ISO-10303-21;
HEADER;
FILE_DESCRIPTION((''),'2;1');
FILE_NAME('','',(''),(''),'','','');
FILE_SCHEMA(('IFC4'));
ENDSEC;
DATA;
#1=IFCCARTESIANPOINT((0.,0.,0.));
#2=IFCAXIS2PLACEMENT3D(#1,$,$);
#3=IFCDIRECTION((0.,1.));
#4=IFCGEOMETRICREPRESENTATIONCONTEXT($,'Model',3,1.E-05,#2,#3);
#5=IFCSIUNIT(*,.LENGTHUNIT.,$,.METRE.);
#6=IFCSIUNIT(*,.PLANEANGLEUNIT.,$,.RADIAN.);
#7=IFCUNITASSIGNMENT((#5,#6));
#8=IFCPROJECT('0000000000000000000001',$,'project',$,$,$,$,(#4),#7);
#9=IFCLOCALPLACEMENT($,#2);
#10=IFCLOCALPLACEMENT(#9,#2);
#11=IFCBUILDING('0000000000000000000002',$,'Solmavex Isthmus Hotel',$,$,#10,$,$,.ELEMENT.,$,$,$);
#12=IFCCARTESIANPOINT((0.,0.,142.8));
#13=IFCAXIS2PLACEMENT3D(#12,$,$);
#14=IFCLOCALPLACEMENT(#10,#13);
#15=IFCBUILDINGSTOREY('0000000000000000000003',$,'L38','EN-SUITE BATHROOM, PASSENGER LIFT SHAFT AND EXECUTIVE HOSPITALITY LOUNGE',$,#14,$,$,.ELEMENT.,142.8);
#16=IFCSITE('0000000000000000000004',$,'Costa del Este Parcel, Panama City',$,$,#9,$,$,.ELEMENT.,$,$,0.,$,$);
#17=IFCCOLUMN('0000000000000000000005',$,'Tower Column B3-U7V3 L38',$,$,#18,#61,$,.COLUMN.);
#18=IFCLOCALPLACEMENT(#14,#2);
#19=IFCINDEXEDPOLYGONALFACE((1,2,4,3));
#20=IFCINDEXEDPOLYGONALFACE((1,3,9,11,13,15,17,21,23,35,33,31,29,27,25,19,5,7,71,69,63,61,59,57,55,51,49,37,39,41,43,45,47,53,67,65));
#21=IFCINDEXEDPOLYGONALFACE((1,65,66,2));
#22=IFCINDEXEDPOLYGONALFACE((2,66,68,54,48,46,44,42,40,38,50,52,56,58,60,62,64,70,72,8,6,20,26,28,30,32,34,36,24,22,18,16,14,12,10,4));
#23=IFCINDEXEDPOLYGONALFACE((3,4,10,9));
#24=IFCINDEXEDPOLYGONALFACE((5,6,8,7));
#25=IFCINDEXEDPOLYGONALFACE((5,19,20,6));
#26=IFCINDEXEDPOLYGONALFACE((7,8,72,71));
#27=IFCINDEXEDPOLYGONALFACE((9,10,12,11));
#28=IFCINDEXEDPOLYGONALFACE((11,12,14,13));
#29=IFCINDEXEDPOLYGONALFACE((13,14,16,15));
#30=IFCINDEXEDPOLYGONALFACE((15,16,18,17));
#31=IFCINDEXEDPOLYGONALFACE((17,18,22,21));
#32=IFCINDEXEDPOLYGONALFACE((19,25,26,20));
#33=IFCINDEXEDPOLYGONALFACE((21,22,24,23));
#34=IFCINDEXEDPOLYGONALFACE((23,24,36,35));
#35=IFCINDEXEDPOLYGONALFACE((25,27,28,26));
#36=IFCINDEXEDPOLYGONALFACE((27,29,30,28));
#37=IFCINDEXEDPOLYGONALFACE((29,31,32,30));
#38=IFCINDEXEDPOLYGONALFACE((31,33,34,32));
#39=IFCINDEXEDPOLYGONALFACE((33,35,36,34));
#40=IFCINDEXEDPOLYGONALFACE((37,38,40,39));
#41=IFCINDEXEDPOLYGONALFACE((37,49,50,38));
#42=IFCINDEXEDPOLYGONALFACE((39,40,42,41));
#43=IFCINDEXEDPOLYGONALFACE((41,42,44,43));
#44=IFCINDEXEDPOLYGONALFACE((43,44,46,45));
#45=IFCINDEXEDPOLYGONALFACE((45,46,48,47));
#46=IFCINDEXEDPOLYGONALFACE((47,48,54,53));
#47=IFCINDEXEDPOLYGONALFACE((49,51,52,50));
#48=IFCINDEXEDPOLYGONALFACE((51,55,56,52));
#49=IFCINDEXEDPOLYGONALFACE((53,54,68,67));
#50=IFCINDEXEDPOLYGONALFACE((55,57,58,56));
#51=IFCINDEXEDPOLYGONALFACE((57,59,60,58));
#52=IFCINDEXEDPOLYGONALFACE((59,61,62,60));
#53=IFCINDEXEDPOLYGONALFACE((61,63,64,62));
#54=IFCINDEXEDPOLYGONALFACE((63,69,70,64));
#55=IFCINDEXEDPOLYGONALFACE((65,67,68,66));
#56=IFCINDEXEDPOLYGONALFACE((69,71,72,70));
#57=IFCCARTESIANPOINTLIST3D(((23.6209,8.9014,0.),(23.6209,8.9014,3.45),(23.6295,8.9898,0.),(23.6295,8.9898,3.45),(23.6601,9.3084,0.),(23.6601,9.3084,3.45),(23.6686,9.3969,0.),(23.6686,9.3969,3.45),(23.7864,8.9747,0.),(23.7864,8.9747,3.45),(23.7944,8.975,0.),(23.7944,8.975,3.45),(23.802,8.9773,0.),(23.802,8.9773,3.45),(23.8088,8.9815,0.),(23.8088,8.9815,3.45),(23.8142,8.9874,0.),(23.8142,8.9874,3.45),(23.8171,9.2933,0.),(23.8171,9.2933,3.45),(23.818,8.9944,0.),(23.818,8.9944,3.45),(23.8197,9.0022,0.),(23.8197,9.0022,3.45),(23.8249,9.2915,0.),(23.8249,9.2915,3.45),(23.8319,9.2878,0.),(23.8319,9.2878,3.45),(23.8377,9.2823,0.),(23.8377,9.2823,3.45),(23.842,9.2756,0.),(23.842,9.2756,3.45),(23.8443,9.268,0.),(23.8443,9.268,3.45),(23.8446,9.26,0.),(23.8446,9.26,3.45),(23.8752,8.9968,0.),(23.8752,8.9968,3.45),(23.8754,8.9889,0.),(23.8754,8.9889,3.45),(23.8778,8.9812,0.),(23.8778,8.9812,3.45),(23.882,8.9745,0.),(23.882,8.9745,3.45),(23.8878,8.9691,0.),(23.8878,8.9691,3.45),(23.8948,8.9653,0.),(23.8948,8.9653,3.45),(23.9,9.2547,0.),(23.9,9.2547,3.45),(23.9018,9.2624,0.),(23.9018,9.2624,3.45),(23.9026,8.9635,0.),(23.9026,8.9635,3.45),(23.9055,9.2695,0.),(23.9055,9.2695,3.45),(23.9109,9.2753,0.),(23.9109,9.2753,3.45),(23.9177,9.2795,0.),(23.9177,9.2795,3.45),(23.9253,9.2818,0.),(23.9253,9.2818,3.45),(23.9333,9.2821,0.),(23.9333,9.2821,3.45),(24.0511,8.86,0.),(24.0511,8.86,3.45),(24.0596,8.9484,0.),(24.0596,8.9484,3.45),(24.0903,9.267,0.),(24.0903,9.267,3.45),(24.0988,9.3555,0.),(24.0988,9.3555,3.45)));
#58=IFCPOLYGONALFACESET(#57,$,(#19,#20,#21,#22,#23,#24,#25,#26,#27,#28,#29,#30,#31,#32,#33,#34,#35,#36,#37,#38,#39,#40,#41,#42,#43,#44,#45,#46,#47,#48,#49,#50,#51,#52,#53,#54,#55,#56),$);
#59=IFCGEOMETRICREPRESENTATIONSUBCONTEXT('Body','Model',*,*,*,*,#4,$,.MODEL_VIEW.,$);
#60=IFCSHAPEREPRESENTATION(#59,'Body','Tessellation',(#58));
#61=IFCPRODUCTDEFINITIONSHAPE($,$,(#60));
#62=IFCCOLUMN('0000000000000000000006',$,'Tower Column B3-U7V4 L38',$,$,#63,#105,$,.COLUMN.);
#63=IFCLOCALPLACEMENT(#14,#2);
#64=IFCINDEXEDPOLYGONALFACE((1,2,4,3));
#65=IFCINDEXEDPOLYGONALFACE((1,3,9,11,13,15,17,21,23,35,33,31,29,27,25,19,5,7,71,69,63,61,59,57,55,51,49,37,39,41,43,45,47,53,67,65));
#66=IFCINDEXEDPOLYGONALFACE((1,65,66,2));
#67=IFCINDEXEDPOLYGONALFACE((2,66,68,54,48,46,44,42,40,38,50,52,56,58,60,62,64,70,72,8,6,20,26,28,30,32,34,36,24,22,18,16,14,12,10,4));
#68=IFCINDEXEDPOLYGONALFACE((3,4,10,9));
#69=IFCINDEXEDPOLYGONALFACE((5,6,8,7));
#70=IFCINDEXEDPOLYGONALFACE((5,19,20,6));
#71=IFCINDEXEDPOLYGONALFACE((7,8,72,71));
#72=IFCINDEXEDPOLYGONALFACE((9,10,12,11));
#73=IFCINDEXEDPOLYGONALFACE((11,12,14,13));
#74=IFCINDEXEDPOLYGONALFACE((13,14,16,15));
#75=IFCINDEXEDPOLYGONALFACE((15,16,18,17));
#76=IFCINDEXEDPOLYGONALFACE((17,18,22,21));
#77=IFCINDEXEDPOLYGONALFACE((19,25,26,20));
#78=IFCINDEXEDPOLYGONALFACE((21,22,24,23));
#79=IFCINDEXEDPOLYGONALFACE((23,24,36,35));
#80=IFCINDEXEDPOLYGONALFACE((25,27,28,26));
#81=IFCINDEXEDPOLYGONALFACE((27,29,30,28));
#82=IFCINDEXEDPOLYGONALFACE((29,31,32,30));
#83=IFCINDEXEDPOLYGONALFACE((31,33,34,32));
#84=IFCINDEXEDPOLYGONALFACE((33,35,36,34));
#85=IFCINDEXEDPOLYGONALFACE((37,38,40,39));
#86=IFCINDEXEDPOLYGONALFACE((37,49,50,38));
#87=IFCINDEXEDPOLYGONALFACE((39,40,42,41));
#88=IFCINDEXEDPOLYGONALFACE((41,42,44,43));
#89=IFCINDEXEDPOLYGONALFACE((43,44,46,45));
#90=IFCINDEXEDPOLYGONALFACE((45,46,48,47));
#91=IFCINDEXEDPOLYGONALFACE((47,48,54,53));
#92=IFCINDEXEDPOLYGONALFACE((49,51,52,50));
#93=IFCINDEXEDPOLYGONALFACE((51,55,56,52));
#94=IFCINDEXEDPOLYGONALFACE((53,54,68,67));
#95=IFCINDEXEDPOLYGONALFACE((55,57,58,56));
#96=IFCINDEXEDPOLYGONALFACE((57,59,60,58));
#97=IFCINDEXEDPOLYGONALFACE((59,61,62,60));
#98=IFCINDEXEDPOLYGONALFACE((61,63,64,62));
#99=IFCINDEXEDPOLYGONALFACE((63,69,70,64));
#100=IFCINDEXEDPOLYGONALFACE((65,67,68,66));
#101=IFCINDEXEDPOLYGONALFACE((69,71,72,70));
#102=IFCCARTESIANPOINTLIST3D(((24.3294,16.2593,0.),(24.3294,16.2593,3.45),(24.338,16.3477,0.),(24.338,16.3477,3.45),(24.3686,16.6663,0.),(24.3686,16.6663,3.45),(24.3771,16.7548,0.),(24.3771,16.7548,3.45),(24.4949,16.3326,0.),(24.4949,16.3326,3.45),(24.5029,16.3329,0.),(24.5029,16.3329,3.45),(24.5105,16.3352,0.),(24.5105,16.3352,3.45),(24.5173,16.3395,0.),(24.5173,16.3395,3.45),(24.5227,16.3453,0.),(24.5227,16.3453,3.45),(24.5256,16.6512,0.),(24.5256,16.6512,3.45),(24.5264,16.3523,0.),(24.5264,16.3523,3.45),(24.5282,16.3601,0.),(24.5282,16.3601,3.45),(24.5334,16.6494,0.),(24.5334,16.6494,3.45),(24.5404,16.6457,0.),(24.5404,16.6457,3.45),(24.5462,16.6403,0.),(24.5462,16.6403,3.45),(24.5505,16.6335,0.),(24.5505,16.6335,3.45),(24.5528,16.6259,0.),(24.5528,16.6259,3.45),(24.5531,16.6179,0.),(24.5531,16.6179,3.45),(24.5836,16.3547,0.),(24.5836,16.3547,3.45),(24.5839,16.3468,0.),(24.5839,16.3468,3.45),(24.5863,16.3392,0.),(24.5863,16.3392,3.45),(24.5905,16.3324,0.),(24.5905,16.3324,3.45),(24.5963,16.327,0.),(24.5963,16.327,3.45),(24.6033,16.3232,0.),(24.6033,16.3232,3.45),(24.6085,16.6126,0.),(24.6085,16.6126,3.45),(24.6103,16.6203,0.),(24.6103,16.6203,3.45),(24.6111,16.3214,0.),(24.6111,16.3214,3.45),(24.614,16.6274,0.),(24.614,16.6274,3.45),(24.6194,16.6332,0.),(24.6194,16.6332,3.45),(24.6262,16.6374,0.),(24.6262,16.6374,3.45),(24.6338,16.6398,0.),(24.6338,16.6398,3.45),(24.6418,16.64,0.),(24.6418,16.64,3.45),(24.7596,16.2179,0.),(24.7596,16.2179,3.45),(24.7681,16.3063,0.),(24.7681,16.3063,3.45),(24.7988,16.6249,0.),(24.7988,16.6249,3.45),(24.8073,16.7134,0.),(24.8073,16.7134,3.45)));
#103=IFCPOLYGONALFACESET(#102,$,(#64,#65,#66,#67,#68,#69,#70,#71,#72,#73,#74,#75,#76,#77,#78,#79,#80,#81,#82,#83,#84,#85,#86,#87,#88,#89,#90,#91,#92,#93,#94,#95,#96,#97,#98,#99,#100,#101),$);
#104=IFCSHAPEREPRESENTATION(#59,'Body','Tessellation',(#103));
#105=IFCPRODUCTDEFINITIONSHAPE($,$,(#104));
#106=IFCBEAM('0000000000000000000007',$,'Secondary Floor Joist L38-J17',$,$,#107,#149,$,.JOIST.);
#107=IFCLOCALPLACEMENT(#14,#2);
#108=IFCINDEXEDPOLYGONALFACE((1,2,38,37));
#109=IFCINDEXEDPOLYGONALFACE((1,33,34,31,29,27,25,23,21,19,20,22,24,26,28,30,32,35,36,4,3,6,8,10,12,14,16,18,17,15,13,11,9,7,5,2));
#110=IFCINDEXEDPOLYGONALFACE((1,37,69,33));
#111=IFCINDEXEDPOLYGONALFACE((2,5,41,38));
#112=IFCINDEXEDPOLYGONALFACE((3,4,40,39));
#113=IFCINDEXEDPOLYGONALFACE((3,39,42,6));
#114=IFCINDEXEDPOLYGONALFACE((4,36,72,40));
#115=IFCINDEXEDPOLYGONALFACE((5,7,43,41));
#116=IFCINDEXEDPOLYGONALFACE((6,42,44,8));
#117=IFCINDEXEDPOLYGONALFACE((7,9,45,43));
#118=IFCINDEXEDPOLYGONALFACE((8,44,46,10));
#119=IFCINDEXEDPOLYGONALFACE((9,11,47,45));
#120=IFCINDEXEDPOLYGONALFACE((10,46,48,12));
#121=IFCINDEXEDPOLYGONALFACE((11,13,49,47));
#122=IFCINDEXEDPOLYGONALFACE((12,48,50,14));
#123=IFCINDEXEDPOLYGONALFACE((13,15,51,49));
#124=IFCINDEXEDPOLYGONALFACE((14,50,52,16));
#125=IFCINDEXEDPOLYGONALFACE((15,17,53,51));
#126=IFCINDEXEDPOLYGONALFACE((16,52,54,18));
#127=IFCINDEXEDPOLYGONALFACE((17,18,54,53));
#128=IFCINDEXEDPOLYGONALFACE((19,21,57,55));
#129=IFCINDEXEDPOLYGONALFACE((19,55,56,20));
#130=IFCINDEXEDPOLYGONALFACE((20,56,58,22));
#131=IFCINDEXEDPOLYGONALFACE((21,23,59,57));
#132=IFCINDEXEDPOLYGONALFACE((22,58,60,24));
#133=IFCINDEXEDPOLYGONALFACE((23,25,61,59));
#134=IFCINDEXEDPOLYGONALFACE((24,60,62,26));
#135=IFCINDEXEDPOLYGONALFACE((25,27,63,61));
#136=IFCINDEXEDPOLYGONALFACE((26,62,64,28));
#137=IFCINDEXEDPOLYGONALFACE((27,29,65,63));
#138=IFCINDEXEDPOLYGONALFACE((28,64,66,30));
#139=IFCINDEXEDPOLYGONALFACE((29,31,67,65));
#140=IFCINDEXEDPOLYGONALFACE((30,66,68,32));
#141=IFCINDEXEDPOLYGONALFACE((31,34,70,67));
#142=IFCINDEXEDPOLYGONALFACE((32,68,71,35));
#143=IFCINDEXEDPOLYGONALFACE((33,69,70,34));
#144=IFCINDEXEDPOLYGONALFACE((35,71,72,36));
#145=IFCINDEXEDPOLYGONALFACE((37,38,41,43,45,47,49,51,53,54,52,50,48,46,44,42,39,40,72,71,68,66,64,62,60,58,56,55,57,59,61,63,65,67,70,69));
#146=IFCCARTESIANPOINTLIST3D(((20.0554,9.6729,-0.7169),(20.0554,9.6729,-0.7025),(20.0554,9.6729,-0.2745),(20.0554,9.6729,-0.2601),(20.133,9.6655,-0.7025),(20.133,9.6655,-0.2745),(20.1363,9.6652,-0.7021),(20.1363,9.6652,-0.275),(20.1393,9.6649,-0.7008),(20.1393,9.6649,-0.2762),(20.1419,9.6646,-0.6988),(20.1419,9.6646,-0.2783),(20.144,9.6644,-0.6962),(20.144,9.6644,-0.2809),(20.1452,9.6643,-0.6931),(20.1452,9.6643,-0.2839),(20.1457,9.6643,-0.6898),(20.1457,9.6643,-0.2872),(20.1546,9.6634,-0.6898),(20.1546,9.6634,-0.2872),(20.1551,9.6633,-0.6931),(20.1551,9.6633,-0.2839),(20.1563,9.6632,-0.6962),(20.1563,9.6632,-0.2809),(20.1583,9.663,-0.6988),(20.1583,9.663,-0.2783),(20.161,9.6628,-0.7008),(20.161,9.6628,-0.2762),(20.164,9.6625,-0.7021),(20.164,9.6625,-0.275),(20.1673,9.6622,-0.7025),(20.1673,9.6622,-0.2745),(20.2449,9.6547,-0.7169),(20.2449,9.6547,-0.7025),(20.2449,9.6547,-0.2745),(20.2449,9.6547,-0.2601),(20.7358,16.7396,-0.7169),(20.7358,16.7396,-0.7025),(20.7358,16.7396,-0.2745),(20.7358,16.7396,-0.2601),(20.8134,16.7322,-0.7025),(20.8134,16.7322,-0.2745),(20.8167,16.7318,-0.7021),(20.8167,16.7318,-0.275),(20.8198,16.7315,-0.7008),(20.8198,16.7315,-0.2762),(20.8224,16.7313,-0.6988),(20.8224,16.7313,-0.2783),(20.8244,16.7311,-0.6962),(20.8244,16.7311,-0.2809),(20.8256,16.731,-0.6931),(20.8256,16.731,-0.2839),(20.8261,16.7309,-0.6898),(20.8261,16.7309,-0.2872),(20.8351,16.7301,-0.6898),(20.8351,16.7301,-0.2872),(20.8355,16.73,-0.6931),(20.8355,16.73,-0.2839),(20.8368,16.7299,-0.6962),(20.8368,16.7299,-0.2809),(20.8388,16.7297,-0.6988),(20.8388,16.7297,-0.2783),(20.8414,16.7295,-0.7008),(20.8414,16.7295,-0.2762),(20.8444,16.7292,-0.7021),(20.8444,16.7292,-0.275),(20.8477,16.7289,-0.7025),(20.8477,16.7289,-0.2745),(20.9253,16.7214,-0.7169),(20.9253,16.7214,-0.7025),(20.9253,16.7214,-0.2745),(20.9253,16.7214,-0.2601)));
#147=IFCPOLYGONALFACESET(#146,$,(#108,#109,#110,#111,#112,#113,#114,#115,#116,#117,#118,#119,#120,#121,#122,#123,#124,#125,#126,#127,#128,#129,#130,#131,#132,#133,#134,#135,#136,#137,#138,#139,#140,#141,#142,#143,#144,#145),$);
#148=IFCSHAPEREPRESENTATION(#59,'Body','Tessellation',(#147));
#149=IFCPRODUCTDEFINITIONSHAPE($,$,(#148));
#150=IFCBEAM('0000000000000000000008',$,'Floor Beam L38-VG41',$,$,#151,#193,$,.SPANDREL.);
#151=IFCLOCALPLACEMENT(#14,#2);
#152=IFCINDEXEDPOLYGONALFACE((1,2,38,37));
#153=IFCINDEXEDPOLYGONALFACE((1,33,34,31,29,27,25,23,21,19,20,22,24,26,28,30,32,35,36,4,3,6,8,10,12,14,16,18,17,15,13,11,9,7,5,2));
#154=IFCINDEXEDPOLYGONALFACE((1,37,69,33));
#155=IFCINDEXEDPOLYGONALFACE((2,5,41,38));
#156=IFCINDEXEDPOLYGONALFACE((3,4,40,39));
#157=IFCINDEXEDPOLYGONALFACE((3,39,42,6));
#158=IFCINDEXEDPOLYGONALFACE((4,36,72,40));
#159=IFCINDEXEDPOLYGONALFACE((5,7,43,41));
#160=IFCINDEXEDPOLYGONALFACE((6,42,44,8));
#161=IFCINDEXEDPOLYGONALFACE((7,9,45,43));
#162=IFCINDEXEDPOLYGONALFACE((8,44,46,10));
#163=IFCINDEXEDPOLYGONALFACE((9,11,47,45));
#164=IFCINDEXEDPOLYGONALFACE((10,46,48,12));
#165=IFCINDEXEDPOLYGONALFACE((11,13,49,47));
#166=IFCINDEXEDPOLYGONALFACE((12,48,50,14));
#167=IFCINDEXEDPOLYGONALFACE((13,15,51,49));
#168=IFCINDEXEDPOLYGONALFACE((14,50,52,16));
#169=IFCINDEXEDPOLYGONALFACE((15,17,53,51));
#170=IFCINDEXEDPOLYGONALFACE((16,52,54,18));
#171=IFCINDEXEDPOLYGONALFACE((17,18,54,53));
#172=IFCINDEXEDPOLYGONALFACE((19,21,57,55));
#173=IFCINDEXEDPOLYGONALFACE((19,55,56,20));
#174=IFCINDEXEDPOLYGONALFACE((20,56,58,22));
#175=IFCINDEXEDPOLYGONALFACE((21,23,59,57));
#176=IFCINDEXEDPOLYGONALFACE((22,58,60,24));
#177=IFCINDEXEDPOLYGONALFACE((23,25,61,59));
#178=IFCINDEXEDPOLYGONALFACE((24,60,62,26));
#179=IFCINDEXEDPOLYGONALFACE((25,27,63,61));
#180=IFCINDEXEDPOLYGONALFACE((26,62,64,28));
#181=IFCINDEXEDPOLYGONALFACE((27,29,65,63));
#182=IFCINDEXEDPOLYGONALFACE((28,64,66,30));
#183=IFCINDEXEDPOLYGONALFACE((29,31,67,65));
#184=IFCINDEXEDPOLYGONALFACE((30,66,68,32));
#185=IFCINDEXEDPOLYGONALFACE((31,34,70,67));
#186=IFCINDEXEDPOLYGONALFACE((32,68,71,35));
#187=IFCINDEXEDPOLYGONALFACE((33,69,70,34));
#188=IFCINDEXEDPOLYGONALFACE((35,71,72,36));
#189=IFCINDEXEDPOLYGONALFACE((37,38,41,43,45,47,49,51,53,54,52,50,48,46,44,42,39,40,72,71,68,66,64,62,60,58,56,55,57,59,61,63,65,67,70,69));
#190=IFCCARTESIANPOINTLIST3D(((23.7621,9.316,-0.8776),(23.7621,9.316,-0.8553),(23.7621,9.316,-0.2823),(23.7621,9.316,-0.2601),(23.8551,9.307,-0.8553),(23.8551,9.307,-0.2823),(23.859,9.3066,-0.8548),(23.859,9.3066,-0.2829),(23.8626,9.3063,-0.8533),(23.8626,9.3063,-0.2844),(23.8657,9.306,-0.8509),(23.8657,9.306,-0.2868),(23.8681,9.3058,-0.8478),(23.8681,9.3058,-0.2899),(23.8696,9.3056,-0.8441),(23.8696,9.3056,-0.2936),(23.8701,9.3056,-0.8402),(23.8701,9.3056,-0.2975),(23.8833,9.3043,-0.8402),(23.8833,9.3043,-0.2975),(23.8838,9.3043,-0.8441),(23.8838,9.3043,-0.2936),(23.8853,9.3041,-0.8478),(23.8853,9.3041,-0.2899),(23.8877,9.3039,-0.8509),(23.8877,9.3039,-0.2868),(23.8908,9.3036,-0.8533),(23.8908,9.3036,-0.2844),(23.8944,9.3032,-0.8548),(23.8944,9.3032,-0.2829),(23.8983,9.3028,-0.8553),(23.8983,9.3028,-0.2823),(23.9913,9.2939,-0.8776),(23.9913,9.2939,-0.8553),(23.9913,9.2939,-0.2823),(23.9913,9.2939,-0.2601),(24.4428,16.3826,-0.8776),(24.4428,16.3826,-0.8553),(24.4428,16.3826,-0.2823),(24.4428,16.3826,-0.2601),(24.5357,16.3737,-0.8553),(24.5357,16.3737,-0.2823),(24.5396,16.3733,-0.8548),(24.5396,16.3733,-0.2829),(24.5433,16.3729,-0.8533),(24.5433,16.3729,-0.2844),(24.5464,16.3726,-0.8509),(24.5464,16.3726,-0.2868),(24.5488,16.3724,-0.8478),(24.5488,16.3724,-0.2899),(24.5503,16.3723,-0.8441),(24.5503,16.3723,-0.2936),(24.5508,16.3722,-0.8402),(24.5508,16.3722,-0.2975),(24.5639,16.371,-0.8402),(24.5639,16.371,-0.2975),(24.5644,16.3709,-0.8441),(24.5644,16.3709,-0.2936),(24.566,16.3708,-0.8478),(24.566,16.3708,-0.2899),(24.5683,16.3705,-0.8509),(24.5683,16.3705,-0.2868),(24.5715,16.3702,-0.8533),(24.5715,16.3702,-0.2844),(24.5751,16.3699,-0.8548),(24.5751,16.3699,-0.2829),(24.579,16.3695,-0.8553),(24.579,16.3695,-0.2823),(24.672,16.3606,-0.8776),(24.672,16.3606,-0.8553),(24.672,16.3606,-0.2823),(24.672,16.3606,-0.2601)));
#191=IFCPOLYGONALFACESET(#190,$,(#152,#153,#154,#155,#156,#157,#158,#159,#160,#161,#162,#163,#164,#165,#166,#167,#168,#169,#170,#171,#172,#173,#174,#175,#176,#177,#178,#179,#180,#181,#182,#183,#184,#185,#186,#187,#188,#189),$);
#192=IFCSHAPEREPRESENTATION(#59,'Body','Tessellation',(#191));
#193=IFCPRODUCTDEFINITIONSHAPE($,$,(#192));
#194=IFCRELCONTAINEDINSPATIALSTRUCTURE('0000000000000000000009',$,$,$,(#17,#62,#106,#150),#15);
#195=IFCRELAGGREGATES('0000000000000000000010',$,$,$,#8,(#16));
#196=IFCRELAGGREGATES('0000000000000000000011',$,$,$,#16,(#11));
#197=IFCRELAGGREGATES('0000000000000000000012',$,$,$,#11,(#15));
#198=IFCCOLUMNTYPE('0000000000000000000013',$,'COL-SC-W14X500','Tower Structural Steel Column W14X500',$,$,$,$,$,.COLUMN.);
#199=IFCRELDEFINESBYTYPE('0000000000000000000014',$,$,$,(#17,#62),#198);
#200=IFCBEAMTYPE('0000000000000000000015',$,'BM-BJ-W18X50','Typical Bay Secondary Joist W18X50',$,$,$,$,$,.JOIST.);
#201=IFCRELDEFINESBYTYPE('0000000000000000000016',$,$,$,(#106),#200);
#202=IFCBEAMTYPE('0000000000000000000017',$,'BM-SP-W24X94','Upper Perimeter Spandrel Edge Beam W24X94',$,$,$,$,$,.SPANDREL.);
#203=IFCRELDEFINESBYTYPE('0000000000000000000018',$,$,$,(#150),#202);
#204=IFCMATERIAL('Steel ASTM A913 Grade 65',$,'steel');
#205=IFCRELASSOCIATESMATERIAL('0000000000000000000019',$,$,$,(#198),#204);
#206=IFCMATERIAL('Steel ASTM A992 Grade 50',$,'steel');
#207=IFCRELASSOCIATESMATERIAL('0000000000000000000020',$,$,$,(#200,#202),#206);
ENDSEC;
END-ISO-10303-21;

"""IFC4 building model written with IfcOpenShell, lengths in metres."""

from ifc_helpers import new_model, si_unit, direction, frame, origin, origin_2d, place, context, subcontext, project, spatial, i_section, extrude, material, material_profile, profile_set, type_object, element, save


model = new_model("IFC4")

# Units and contexts
model_context = context("Model", 3, precision=1e-05, world=origin(), true_north=direction((0.0, 1.0)))
body_context = subcontext(model_context, "Body", "Model", "MODEL_VIEW")
ifc_project = project(units=[si_unit("LENGTHUNIT", "METRE"), si_unit("PLANEANGLEUNIT", "RADIAN")], contexts=[model_context])

# Site, building, storey
site_placement = place(None, origin())
site = spatial("IfcSite", under=ifc_project, at=site_placement, Name="Costa del Este Parcel, Panama City", CompositionType="ELEMENT", RefElevation=0.0)
building_placement = place(site_placement, origin())
building = spatial("IfcBuilding", under=site, at=building_placement, Name="Solmavex Isthmus Hotel", CompositionType="ELEMENT")
storey_placement = place(building_placement, frame((0.0, 0.0, 142.8)))
storey = spatial("IfcBuildingStorey", under=building, at=storey_placement, Name="L38", Description="EN-SUITE BATHROOM, PASSENGER LIFT SHAFT AND EXECUTIVE HOSPITALITY LOUNGE", CompositionType="ELEMENT", Elevation=142.8)

# Columns
ifc_material_1 = material(Name="Steel ASTM A913 Grade 65", Category="steel")
ifc_material_profile_1 = material_profile(ifc_material_1, i_section(OverallWidth=0.4321, OverallDepth=0.4978, WebThickness=0.0557, FlangeThickness=0.0889, FilletRadius=0.0305, at=origin_2d()), Name="W14X500")
ifc_profile_set_1 = profile_set([ifc_material_profile_1], Name="Steel ASTM A913 Grade 65")
column_type = type_object("IfcColumnType", Name="COL-SC-W14X500", Description="Tower Structural Steel Column W14X500", PredefinedType="COLUMN", material=ifc_profile_set_1)
for number, where, z_axis, x_axis, name in (
    (1, (23.8599, 9.1284, 0.0), (0.0, 0.0, 1.0), (0.995396, -0.095846, 0.0), "Tower Column B3-U7V3 L38"),
    (2, (24.5684, 16.4863, 0.0), (0.0, 0.0, 1.0), (0.995396, -0.095846, 0.0), "Tower Column B3-U7V4 L38"),
):
    element("IfcColumn", number, at=place(storey_placement, frame(where, z_axis=z_axis, x_axis=x_axis)), inside=storey, type_object=column_type, Name=name, PredefinedType="COLUMN", context=body_context, shape_type="SweptSolid", body=[
        extrude(i_section(OverallWidth=0.4321, OverallDepth=0.4978, WebThickness=0.0557, FlangeThickness=0.0889, FilletRadius=0.0305, at=origin_2d()), origin(), (0.0, 0.0, 1.0), 3.45),
    ])

# Beams
ifc_material_2 = material(Name="Steel ASTM A992 Grade 50", Category="steel")
ifc_material_profile_2 = material_profile(ifc_material_2, i_section(OverallWidth=0.1904, OverallDepth=0.4568, WebThickness=0.009, FlangeThickness=0.0144, FilletRadius=0.0127, at=origin_2d()), Name="W18X50")
ifc_profile_set_2 = profile_set([ifc_material_profile_2], Name="Steel ASTM A992 Grade 50")
beam_type_1 = type_object("IfcBeamType", Name="BM-BJ-W18X50", Description="Typical Bay Secondary Joist W18X50", PredefinedType="JOIST", material=ifc_profile_set_2)
beam_1_placement = place(storey_placement, frame((20.1501, 9.6638, -0.4885), z_axis=(0.095843, 0.995396, 0.0), x_axis=(-0.995396, 0.095843, 0.0)))
element("IfcBeam", 3, at=beam_1_placement, inside=storey, type_object=beam_type_1, Name="Secondary Floor Joist L38-J17", PredefinedType="JOIST", context=body_context, shape_type="SweptSolid", body=[
    extrude(i_section(OverallWidth=0.1904, OverallDepth=0.4568, WebThickness=0.009, FlangeThickness=0.0144, FilletRadius=0.0127, at=origin_2d()), origin(), (0.0, 0.0, 1.0), 7.0994),
])
ifc_material_profile_3 = material_profile(ifc_material_2, i_section(OverallWidth=0.2302, OverallDepth=0.6174, WebThickness=0.0132, FlangeThickness=0.0222, FilletRadius=0.0151, at=origin_2d()), Name="W24X94")
ifc_profile_set_3 = profile_set([ifc_material_profile_3], Name="Steel ASTM A992 Grade 50")
beam_type_2 = type_object("IfcBeamType", Name="BM-SP-W24X94", Description="Upper Perimeter Spandrel Edge Beam W24X94", PredefinedType="SPANDREL", material=ifc_profile_set_3)
beam_2_placement = place(storey_placement, frame((23.8767, 9.3049, -0.5688), z_axis=(0.095877, 0.995393, 0.0), x_axis=(-0.995393, 0.095877, 0.0)))
element("IfcBeam", 4, at=beam_2_placement, inside=storey, type_object=beam_type_2, Name="Floor Beam L38-VG41", PredefinedType="SPANDREL", context=body_context, shape_type="SweptSolid", body=[
    extrude(i_section(OverallWidth=0.2302, OverallDepth=0.6174, WebThickness=0.0132, FlangeThickness=0.0222, FilletRadius=0.0151, at=origin_2d()), origin(), (0.0, 0.0, 1.0), 7.0994),
])

save(model, "model.ifc")
